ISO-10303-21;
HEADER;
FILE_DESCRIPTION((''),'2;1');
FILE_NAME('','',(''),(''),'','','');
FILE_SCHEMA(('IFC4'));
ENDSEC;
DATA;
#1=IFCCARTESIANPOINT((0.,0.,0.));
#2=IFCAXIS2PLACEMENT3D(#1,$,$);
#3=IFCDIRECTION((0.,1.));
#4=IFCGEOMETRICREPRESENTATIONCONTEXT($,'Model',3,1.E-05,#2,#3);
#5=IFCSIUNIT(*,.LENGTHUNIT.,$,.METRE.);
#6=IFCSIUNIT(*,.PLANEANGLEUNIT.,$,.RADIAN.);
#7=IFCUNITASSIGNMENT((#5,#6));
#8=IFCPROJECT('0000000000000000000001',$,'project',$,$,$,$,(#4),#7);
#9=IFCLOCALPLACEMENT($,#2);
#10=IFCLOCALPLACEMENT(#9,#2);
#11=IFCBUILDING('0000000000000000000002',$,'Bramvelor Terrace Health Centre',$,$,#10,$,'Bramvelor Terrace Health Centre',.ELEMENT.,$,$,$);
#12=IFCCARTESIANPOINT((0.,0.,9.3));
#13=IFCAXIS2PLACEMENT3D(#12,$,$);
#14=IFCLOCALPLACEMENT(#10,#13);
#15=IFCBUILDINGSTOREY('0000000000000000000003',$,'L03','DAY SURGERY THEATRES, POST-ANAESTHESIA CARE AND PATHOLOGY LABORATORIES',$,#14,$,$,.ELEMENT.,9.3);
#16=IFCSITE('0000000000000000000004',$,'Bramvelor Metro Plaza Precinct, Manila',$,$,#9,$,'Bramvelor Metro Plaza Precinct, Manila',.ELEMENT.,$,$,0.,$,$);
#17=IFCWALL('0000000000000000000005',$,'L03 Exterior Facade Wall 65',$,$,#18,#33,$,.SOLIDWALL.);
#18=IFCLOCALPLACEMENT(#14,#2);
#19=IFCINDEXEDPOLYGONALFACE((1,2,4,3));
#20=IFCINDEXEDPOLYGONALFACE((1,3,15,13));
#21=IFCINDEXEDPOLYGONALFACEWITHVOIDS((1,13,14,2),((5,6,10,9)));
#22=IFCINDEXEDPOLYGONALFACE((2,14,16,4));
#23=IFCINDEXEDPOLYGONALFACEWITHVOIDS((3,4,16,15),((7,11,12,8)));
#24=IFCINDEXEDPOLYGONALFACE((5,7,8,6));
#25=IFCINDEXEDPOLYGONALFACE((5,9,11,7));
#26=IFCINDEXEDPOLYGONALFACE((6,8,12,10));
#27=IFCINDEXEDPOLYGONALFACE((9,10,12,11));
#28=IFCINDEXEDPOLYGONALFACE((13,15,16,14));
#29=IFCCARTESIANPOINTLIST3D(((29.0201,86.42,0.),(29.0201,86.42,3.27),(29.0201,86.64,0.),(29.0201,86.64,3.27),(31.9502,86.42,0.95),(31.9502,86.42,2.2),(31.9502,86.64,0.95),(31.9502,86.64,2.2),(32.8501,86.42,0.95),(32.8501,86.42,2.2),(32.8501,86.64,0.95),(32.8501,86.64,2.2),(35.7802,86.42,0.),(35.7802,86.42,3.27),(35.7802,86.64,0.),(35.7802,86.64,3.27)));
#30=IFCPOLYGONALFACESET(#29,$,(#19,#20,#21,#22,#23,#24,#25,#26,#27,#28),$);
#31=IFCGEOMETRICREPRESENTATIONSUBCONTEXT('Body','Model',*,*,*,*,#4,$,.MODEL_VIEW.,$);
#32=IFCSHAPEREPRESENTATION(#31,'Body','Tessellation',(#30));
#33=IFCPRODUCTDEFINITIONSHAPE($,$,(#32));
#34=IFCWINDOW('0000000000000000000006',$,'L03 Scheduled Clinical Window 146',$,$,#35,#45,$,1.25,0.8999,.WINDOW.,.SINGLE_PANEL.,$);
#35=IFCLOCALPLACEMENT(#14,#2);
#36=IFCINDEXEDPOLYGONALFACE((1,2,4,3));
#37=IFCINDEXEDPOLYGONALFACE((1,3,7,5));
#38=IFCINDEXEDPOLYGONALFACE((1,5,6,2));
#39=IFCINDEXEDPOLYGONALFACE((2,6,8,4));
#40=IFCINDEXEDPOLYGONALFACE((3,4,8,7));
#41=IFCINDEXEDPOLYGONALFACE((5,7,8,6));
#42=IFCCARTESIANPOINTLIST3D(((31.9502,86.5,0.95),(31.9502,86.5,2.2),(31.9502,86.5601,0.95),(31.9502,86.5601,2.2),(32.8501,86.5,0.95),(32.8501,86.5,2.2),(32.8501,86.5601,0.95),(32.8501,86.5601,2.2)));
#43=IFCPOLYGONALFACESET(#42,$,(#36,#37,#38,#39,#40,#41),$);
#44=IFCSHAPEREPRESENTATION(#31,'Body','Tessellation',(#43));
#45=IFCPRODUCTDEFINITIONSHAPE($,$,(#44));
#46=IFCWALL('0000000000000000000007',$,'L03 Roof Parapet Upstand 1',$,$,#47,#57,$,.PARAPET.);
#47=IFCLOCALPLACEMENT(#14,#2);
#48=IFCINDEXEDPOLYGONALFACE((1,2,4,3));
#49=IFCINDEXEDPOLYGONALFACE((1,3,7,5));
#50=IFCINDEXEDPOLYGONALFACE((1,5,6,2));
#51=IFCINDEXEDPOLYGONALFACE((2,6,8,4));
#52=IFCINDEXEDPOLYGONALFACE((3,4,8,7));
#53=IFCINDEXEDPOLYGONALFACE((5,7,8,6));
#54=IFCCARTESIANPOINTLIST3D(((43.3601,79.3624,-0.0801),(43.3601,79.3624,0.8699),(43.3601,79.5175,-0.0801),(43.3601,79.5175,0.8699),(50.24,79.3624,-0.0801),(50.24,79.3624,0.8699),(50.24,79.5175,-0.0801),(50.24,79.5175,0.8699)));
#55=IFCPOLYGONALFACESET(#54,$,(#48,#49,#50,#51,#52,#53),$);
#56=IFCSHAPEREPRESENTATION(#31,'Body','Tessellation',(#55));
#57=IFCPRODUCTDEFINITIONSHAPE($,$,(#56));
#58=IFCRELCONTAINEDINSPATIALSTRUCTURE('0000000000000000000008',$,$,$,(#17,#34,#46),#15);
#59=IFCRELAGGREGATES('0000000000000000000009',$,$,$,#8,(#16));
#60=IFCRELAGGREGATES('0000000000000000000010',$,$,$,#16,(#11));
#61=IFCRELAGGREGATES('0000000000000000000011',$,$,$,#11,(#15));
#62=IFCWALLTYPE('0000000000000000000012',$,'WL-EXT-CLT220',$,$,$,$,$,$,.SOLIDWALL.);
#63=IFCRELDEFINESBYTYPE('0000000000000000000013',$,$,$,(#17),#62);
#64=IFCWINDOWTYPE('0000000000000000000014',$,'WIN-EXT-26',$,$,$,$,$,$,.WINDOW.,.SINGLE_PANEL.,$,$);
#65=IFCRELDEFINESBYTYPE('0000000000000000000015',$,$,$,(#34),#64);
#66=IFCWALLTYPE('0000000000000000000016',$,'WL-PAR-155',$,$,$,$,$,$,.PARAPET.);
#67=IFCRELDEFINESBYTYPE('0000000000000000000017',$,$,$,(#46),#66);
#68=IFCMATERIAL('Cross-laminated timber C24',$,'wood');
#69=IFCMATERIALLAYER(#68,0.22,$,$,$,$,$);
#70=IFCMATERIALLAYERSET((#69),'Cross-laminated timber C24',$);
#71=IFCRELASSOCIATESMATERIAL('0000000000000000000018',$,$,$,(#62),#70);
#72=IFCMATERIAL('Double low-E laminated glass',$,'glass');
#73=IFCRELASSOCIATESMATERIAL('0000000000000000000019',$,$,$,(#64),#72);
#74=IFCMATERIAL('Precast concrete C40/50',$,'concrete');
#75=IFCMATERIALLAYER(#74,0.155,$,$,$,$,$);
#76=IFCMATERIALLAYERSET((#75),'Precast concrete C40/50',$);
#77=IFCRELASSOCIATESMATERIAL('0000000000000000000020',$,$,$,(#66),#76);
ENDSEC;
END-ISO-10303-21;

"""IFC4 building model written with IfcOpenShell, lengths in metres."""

from ifc_helpers import new_model, si_unit, direction, frame, frame_2d, origin, place, context, subcontext, project, spatial, rectangle, extrude, material, layer, layer_set, type_object, element, fill, save


model = new_model("IFC4")

# Units and contexts
model_context = context("Model", 3, precision=1e-05, world=origin(), true_north=direction((0.0, 1.0)))
body_context = subcontext(model_context, "Body", "Model", "MODEL_VIEW")
ifc_project = project(units=[si_unit("LENGTHUNIT", "METRE"), si_unit("PLANEANGLEUNIT", "RADIAN")], contexts=[model_context])

# Site, building, storey
site_placement = place(None, origin())
site = spatial("IfcSite", under=ifc_project, at=site_placement, Name="Bramvelor Metro Plaza Precinct, Manila", LongName="Bramvelor Metro Plaza Precinct, Manila", CompositionType="ELEMENT", RefElevation=0.0)
building_placement = place(site_placement, origin())
building = spatial("IfcBuilding", under=site, at=building_placement, Name="Bramvelor Terrace Health Centre", LongName="Bramvelor Terrace Health Centre", CompositionType="ELEMENT")
storey_placement = place(building_placement, frame((0.0, 0.0, 9.3)))
storey = spatial("IfcBuildingStorey", under=building, at=storey_placement, Name="L03", Description="DAY SURGERY THEATRES, POST-ANAESTHESIA CARE AND PATHOLOGY LABORATORIES", CompositionType="ELEMENT", Elevation=9.3)

# Wall, opening, window
ifc_material_1 = material(Name="Cross-laminated timber C24", Category="wood")
ifc_layer_1 = layer(ifc_material_1, 0.22)
ifc_layer_set_1 = layer_set([ifc_layer_1], Name="Cross-laminated timber C24")
wall_type_1 = type_object("IfcWallType", Name="WL-EXT-CLT220", PredefinedType="SOLIDWALL", material=ifc_layer_set_1)
wall_1_placement = place(storey_placement, frame((35.78, 86.53, 0.0), z_axis=(0.0, 0.0, 1.0), x_axis=(-1.0, 0.0, 0.0)))
wall_1 = element("IfcWall", 1, at=wall_1_placement, inside=storey, type_object=wall_type_1, Name="L03 Exterior Facade Wall 65", PredefinedType="SOLIDWALL", context=body_context, shape_type="SweptSolid", body=[
    extrude(rectangle(XDim=6.76, YDim=0.22, at=frame_2d((3.3799, 0.0))), origin(), (0.0, 0.0, 1.0), 3.27),
])
opening_1_placement = place(wall_1_placement, frame((2.9299, 0.0, 0.95)))
opening_1 = element("IfcOpeningElement", 2, at=opening_1_placement, cuts=wall_1, PredefinedType="OPENING", context=body_context, shape_type="SweptSolid", body=[
    extrude(rectangle(XDim=0.8999, YDim=1.25, at=frame_2d((0.45, 0.625))), frame((0.0, 0.1199, 0.0), z_axis=(0.0, -1.0, 0.0), x_axis=(1.0, 0.0, 0.0)), (0.0, 0.0, 1.0), 0.24),
])
ifc_material_2 = material(Name="Double low-E laminated glass", Category="glass")
window_type_1 = type_object("IfcWindowType", Name="WIN-EXT-26", PartitioningType="SINGLE_PANEL", PredefinedType="WINDOW", material=ifc_material_2)
window_1_placement = place(opening_1_placement, origin())
window_1 = element("IfcWindow", 3, at=window_1_placement, inside=storey, type_object=window_type_1, Name="L03 Scheduled Clinical Window 146", OverallHeight=1.25, OverallWidth=0.8999, PartitioningType="SINGLE_PANEL", PredefinedType="WINDOW", context=body_context, shape_type="SweptSolid", body=[
    extrude(rectangle(XDim=0.8999, YDim=1.25, at=frame_2d((0.45, 0.625))), frame((0.0, 0.03, 0.0), z_axis=(0.0, -1.0, 0.0), x_axis=(1.0, 0.0, 0.0)), (0.0, 0.0, 1.0), 0.0601),
])
fill(opening_1, window_1)

# Wall
ifc_material_3 = material(Name="Precast concrete C40/50", Category="concrete")
ifc_layer_2 = layer(ifc_material_3, 0.155)
ifc_layer_set_2 = layer_set([ifc_layer_2], Name="Precast concrete C40/50")
wall_type_2 = type_object("IfcWallType", Name="WL-PAR-155", PredefinedType="PARAPET", material=ifc_layer_set_2)
wall_2_placement = place(storey_placement, frame((50.24, 79.4399, -0.0801), z_axis=(0.0, 0.0, 1.0), x_axis=(-1.0, 0.0, 0.0)))
element("IfcWall", 4, at=wall_2_placement, inside=storey, type_object=wall_type_2, Name="L03 Roof Parapet Upstand 1", PredefinedType="PARAPET", context=body_context, shape_type="SweptSolid", body=[
    extrude(rectangle(XDim=6.8799, YDim=0.155, at=frame_2d((3.4399, 0.0))), origin(), (0.0, 0.0, 1.0), 0.95),
])

save(model, "model.ifc")
